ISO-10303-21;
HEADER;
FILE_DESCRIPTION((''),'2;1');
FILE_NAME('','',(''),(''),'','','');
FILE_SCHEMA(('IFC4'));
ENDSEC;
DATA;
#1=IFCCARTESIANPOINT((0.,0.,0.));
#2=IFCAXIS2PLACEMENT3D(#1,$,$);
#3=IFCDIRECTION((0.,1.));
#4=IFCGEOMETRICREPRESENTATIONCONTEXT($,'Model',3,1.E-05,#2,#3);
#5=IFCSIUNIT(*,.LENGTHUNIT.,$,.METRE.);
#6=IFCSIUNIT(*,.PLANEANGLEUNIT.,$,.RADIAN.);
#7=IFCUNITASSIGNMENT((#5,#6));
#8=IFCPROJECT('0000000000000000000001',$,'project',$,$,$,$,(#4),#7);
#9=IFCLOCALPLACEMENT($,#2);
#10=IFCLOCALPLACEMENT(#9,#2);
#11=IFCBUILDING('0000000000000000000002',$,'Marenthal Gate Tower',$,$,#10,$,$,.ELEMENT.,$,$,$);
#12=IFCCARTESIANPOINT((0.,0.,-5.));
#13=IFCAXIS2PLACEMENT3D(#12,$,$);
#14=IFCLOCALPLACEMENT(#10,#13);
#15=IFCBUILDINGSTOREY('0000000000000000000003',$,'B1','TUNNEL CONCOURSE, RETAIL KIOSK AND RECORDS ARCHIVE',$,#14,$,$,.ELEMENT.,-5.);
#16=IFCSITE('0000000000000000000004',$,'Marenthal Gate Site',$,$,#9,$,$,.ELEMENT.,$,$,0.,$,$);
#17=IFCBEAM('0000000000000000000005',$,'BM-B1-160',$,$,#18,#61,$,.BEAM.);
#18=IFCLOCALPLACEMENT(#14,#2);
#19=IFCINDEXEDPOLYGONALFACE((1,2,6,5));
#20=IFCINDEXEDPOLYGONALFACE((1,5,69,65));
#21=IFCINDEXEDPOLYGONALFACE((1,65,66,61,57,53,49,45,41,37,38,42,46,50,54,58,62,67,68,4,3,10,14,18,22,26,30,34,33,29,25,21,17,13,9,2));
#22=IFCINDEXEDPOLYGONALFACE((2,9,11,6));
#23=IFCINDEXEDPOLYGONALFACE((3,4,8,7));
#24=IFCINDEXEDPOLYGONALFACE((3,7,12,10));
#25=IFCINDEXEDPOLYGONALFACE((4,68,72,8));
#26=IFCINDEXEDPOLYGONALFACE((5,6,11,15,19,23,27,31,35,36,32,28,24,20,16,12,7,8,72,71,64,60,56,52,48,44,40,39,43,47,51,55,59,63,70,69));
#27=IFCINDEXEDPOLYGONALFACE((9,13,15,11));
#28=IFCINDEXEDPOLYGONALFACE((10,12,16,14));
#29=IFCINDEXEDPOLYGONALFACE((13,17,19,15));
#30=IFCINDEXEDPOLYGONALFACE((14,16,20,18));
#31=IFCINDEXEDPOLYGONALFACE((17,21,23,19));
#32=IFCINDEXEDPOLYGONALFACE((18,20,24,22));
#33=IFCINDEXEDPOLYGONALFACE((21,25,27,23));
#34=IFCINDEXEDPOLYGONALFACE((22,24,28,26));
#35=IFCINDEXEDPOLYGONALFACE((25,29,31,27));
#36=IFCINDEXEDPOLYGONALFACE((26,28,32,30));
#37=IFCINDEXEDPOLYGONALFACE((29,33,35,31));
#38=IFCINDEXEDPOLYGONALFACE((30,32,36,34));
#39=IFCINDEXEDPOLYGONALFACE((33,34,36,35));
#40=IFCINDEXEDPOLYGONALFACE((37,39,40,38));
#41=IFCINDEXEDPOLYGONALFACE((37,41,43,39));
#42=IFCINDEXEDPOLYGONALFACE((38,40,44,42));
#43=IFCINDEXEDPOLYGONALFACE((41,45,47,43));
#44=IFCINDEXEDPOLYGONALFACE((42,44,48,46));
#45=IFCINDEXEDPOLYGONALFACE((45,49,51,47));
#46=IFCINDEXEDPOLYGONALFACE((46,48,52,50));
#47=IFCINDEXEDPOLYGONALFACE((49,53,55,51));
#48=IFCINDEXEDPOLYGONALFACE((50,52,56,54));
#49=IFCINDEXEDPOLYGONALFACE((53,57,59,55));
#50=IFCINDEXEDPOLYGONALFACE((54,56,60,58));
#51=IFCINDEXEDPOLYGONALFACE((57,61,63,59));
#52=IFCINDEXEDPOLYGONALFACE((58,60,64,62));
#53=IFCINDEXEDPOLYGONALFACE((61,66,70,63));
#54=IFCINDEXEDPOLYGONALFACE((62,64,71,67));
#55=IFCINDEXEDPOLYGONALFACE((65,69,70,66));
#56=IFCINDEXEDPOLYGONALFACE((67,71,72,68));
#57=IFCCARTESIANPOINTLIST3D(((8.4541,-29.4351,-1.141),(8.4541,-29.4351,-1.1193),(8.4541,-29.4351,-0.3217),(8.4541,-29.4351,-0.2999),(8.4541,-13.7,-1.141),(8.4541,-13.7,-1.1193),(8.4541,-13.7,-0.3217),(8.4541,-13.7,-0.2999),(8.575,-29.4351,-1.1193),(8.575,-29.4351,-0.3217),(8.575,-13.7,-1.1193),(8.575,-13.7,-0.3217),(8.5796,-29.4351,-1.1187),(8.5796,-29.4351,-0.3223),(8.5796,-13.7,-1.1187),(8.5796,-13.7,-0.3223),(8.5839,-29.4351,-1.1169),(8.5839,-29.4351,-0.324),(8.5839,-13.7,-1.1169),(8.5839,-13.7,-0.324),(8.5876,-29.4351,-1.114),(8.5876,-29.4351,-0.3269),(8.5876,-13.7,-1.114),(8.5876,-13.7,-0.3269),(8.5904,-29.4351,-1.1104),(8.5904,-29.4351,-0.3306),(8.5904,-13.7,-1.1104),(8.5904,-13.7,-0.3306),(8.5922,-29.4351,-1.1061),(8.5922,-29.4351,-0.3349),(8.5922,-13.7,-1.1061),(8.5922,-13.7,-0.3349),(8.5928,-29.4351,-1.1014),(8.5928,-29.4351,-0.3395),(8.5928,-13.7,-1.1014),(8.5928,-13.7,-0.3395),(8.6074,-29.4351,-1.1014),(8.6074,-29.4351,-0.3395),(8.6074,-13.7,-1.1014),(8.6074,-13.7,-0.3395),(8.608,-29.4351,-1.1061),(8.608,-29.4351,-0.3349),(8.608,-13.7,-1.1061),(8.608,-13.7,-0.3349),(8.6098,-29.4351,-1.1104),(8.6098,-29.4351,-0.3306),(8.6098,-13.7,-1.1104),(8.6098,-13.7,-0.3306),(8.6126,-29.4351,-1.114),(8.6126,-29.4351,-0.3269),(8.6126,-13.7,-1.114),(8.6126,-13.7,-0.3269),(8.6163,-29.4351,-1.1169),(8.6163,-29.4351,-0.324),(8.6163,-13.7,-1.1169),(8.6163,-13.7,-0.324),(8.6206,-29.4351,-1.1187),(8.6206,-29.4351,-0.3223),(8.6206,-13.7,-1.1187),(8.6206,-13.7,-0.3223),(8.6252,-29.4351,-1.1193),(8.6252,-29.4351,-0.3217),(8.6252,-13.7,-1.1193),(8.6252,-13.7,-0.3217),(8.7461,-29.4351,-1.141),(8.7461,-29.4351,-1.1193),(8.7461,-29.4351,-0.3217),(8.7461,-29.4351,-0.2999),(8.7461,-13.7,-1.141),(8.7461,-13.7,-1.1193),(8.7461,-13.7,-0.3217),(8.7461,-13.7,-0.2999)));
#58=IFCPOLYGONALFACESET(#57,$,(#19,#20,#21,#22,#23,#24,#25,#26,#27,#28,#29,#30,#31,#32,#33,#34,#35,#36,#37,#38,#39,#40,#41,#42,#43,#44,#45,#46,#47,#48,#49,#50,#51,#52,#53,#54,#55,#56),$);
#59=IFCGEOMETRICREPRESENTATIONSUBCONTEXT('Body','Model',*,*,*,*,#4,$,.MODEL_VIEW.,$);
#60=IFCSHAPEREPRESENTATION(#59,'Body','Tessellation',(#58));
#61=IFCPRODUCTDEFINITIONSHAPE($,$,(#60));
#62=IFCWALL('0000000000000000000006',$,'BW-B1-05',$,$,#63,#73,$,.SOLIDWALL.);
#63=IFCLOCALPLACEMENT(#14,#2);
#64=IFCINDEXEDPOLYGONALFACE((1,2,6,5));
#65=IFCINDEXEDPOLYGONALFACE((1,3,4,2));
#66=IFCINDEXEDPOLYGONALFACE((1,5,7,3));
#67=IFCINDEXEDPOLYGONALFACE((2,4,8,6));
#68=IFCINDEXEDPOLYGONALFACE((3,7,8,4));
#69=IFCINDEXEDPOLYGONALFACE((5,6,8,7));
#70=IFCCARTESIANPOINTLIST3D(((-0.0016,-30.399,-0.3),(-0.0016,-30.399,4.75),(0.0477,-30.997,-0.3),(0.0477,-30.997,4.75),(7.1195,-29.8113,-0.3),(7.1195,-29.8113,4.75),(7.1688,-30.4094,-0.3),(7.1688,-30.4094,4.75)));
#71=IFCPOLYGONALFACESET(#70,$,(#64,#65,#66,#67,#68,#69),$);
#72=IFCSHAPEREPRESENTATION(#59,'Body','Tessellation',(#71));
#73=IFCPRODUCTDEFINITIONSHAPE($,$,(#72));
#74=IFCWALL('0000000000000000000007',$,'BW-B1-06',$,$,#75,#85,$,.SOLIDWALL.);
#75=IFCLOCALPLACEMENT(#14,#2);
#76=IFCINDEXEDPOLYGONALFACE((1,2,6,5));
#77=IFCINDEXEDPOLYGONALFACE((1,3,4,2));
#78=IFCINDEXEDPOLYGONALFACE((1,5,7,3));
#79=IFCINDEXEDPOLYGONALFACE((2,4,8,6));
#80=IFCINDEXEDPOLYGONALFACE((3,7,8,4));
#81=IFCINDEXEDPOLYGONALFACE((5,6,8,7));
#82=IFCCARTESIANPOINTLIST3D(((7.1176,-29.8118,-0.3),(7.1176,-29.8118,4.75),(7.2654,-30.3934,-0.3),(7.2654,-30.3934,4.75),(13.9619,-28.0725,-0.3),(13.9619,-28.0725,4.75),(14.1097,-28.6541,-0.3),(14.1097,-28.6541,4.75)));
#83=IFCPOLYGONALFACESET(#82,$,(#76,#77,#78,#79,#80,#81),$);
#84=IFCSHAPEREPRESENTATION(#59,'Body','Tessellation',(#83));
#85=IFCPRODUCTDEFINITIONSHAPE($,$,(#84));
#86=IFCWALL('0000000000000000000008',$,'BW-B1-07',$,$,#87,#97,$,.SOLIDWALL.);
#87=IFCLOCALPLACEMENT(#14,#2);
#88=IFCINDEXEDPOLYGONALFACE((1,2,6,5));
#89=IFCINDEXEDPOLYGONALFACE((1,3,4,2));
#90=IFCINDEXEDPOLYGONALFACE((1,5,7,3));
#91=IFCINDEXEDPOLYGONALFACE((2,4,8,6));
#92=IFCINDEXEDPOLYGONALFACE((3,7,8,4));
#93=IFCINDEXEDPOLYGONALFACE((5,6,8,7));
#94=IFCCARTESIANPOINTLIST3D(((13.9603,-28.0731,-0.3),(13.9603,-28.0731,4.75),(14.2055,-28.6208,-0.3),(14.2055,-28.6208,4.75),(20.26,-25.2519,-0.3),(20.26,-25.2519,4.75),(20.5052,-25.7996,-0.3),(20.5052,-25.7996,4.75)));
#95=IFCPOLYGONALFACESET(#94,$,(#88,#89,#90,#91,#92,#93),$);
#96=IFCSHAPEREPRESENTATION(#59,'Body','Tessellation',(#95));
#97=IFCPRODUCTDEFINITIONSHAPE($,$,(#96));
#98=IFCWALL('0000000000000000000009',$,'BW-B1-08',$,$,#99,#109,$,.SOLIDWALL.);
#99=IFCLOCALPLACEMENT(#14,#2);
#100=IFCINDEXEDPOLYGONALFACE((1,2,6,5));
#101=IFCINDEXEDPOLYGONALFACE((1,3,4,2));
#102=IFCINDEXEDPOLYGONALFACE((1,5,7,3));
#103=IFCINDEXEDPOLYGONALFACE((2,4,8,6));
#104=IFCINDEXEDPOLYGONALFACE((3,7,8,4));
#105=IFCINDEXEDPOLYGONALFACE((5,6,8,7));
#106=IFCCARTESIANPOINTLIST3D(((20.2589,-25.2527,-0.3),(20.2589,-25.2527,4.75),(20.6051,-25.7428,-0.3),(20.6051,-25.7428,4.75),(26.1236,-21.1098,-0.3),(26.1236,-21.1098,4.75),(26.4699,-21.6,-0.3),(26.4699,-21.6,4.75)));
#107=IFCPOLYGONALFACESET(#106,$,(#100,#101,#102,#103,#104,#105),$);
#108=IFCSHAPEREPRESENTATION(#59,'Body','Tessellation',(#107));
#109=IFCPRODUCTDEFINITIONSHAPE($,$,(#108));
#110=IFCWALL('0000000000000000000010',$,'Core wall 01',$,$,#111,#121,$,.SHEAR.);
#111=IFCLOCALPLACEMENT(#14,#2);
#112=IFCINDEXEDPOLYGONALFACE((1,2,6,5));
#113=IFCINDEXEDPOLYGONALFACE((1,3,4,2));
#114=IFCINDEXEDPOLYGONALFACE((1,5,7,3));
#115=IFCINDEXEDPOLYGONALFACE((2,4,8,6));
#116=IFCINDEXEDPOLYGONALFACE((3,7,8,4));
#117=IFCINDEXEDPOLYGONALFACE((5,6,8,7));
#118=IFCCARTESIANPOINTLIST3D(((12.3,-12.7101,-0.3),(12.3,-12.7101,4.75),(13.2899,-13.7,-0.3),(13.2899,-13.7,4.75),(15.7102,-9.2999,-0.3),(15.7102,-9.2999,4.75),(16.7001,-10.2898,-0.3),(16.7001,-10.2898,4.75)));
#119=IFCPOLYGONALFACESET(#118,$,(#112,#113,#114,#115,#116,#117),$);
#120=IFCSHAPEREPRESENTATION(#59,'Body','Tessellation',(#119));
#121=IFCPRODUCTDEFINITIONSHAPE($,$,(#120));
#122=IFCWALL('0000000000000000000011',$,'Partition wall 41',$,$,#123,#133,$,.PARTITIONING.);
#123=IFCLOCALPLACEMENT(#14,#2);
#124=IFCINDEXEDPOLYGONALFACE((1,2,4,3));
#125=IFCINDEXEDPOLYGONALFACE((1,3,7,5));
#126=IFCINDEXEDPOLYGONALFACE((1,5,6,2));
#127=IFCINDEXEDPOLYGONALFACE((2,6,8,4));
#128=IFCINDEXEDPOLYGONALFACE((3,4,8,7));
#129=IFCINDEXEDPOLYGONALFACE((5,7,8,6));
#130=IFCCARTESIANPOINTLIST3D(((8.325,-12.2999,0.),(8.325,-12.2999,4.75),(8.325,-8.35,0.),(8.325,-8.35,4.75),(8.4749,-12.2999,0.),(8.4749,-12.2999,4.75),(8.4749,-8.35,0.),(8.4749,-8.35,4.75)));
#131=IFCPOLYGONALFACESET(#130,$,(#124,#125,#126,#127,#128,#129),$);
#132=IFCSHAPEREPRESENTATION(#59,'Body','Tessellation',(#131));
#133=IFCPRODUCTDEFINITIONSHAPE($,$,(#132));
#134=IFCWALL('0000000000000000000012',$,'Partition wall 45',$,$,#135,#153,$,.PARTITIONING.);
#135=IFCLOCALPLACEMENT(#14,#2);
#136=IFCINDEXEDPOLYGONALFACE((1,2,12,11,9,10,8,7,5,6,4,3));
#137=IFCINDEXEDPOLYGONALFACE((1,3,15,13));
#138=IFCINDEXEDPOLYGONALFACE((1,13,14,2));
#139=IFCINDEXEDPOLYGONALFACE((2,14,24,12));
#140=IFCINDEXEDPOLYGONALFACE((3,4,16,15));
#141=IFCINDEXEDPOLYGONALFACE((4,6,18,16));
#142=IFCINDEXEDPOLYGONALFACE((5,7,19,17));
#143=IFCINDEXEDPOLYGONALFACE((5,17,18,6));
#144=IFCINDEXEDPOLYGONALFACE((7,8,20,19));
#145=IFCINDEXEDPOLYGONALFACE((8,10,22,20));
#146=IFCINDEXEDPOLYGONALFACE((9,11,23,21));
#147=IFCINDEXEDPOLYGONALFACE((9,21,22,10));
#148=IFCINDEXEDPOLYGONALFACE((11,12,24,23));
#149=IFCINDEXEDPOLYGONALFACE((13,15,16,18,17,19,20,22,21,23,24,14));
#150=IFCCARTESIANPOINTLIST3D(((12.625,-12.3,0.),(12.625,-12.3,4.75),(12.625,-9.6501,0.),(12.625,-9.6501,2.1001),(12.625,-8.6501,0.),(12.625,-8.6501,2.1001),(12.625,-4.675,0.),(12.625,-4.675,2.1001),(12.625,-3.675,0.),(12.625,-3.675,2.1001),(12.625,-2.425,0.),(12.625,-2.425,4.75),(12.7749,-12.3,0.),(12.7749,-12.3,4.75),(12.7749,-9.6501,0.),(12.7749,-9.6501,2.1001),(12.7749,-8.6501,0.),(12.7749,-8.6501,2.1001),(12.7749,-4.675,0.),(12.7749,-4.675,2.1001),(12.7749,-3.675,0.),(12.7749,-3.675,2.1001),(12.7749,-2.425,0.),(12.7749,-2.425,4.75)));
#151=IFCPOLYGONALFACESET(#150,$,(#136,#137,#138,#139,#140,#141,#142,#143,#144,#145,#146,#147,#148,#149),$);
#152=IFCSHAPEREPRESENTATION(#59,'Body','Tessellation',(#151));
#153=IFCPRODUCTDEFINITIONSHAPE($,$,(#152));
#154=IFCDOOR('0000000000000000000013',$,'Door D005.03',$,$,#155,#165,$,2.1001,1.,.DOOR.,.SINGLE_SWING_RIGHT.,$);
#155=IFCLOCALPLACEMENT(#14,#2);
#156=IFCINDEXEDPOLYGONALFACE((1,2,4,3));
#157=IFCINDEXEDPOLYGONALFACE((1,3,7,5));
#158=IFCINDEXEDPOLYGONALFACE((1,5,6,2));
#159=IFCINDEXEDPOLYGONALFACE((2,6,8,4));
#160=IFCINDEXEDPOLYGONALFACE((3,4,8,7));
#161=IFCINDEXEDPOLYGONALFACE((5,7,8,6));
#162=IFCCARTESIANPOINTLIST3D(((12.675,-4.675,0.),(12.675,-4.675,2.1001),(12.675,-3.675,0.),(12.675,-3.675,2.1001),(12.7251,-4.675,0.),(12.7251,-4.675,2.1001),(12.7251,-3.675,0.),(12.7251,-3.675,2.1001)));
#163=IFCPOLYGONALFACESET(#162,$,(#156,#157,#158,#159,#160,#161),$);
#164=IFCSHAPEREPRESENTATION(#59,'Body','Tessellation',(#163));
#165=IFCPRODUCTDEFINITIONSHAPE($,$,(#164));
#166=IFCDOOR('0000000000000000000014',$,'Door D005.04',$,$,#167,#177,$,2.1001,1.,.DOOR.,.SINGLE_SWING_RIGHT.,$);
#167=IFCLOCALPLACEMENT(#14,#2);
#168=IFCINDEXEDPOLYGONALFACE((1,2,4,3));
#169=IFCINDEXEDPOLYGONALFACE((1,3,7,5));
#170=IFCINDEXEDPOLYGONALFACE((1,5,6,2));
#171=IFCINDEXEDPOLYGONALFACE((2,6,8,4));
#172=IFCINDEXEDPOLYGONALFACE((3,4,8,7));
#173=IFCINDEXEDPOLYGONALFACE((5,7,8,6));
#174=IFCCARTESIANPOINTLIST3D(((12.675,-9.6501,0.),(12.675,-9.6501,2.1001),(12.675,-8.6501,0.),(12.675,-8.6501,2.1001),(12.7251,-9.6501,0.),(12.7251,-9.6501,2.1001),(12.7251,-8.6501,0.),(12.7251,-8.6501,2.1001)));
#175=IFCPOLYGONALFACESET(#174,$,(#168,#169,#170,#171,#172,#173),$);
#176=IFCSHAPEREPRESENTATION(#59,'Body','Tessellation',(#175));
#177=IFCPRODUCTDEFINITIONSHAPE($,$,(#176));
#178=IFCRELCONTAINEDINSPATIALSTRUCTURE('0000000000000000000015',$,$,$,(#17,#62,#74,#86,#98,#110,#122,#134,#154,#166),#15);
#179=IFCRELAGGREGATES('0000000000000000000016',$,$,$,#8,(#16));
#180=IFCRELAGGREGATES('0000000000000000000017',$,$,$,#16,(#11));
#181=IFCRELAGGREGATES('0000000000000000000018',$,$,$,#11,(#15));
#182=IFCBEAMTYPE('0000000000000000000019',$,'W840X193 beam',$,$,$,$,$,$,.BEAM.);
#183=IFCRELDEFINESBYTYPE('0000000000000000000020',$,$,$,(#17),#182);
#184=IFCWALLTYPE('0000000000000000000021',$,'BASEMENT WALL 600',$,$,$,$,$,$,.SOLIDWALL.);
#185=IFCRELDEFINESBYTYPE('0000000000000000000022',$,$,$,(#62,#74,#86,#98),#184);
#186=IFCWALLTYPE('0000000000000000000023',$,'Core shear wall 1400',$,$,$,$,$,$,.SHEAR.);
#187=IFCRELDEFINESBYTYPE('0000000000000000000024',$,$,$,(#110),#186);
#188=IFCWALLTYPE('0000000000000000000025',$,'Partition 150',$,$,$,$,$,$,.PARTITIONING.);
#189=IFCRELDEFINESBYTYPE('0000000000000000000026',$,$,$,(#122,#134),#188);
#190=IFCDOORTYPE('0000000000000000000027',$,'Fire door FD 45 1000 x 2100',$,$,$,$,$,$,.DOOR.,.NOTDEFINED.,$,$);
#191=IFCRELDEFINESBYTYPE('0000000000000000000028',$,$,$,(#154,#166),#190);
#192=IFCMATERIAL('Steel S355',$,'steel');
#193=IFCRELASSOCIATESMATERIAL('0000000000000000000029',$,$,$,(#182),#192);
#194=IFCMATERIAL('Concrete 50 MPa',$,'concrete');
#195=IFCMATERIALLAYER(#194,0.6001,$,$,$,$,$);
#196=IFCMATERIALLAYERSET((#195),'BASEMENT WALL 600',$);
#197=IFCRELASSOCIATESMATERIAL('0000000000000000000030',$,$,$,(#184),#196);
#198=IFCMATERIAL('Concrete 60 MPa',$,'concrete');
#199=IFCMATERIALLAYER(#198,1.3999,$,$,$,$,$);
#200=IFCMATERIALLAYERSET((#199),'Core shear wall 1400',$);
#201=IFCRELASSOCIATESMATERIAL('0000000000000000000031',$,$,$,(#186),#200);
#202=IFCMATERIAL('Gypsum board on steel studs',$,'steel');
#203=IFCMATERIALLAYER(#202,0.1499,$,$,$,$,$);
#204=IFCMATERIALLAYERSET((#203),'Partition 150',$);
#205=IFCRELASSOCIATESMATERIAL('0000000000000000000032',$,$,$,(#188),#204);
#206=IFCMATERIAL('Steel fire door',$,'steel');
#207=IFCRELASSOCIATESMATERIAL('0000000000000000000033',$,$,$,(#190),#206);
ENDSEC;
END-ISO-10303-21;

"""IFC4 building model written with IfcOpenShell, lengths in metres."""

from ifc_helpers import new_model, si_unit, direction, frame, frame_2d, origin, origin_2d, place, context, subcontext, project, spatial, rectangle, i_section, extrude, material, layer, layer_set, material_profile, profile_set, type_object, element, fill, save


model = new_model("IFC4")

# Units and contexts
model_context = context("Model", 3, precision=1e-05, world=origin(), true_north=direction((0.0, 1.0)))
body_context = subcontext(model_context, "Body", "Model", "MODEL_VIEW")
ifc_project = project(units=[si_unit("LENGTHUNIT", "METRE"), si_unit("PLANEANGLEUNIT", "RADIAN")], contexts=[model_context])

# Site, building, storey
site_placement = place(None, origin())
site = spatial("IfcSite", under=ifc_project, at=site_placement, Name="Marenthal Gate Site", CompositionType="ELEMENT", RefElevation=0.0)
building_placement = place(site_placement, origin())
building = spatial("IfcBuilding", under=site, at=building_placement, Name="Marenthal Gate Tower", CompositionType="ELEMENT")
storey_placement = place(building_placement, frame((0.0, 0.0, -5.0)))
storey = spatial("IfcBuildingStorey", under=building, at=storey_placement, Name="B1", Description="TUNNEL CONCOURSE, RETAIL KIOSK AND RECORDS ARCHIVE", CompositionType="ELEMENT", Elevation=-5.0)

# Beam
ifc_material_1 = material(Name="Steel S355", Category="steel")
ifc_material_profile_1 = material_profile(ifc_material_1, i_section(OverallWidth=0.292, OverallDepth=0.8411, WebThickness=0.0146, FlangeThickness=0.0217, FilletRadius=0.0178, at=origin_2d()), Name="W840X193")
ifc_profile_set_1 = profile_set([ifc_material_profile_1], Name="Steel S355")
beam_type_1 = type_object("IfcBeamType", Name="W840X193 beam", PredefinedType="BEAM", material=ifc_profile_set_1)
beam_1_placement = place(storey_placement, frame((8.6001, -13.7, -0.7205), z_axis=(0.0, -1.0, 0.0), x_axis=(1.0, 0.0, 0.0)))
element("IfcBeam", 1, at=beam_1_placement, inside=storey, type_object=beam_type_1, Name="BM-B1-160", PredefinedType="BEAM", context=body_context, shape_type="SweptSolid", body=[
    extrude(i_section(OverallWidth=0.292, OverallDepth=0.8411, WebThickness=0.0146, FlangeThickness=0.0217, FilletRadius=0.0178, at=origin_2d()), origin(), (0.0, 0.0, 1.0), 15.7351),
])

# Walls
ifc_material_2 = material(Name="Concrete 50 MPa", Category="concrete")
ifc_layer_1 = layer(ifc_material_2, 0.6001)
ifc_layer_set_1 = layer_set([ifc_layer_1], Name="BASEMENT WALL 600")
wall_type_1 = type_object("IfcWallType", Name="BASEMENT WALL 600", PredefinedType="SOLIDWALL", material=ifc_layer_set_1)
wall_1_placement = place(storey_placement, frame((0.0229, -30.698, -0.3), z_axis=(0.0, 0.0, 1.0), x_axis=(0.996612, 0.082242, 0.0)))
element("IfcWall", 2, at=wall_1_placement, inside=storey, type_object=wall_type_1, Name="BW-B1-05", PredefinedType="SOLIDWALL", context=body_context, shape_type="SweptSolid", body=[
    extrude(rectangle(XDim=7.1453, YDim=0.6001, at=frame_2d((3.5728, 0.0))), origin(), (0.0, 0.0, 1.0), 5.05),
])
wall_2_placement = place(storey_placement, frame((7.1917, -30.1025, -0.3), z_axis=(0.0, 0.0, 1.0), x_axis=(0.969196, 0.246292, 0.0)))
element("IfcWall", 3, at=wall_2_placement, inside=storey, type_object=wall_type_1, Name="BW-B1-06", PredefinedType="SOLIDWALL", context=body_context, shape_type="SweptSolid", body=[
    extrude(rectangle(XDim=7.0618, YDim=0.6001, at=frame_2d((3.5308, 0.0))), origin(), (0.0, 0.0, 1.0), 5.05),
])
wall_3_placement = place(storey_placement, frame((14.083, -28.3469, -0.3), z_axis=(0.0, 0.0, 1.0), x_axis=(0.912659, 0.408723, 0.0)))
element("IfcWall", 4, at=wall_3_placement, inside=storey, type_object=wall_type_1, Name="BW-B1-07", PredefinedType="SOLIDWALL", context=body_context, shape_type="SweptSolid", body=[
    extrude(rectangle(XDim=6.9026, YDim=0.6001, at=frame_2d((3.4512, 0.0))), origin(), (0.0, 0.0, 1.0), 5.05),
])
wall_4_placement = place(storey_placement, frame((20.4319, -25.4978, -0.3), z_axis=(0.0, 0.0, 1.0), x_axis=(0.816771, 0.576962, 0.0)))
element("IfcWall", 5, at=wall_4_placement, inside=storey, type_object=wall_type_1, Name="BW-B1-08", PredefinedType="SOLIDWALL", context=body_context, shape_type="SweptSolid", body=[
    extrude(rectangle(XDim=7.1804, YDim=0.6001, at=frame_2d((3.5903, 0.0))), origin(), (0.0, 0.0, 1.0), 5.05),
])
ifc_material_3 = material(Name="Concrete 60 MPa", Category="concrete")
ifc_layer_2 = layer(ifc_material_3, 1.3999)
ifc_layer_set_2 = layer_set([ifc_layer_2], Name="Core shear wall 1400")
wall_type_2 = type_object("IfcWallType", Name="Core shear wall 1400", PredefinedType="SHEAR", material=ifc_layer_set_2)
wall_5_placement = place(storey_placement, frame((12.7949, -13.2051, -0.3), z_axis=(0.0, 0.0, 1.0), x_axis=(0.707107, 0.707107, 0.0)))
element("IfcWall", 6, at=wall_5_placement, inside=storey, type_object=wall_type_2, Name="Core wall 01", PredefinedType="SHEAR", context=body_context, shape_type="SweptSolid", body=[
    extrude(rectangle(XDim=4.8228, YDim=1.3999, at=frame_2d((2.4114, 0.0))), origin(), (0.0, 0.0, 1.0), 5.05),
])
ifc_material_4 = material(Name="Gypsum board on steel studs", Category="steel")
ifc_layer_3 = layer(ifc_material_4, 0.1499)
ifc_layer_set_3 = layer_set([ifc_layer_3], Name="Partition 150")
wall_type_3 = type_object("IfcWallType", Name="Partition 150", PredefinedType="PARTITIONING", material=ifc_layer_set_3)
wall_6_placement = place(storey_placement, frame((8.3999, -12.3, 0.0), z_axis=(0.0, 0.0, 1.0), x_axis=(0.0, 1.0, 0.0)))
element("IfcWall", 7, at=wall_6_placement, inside=storey, type_object=wall_type_3, Name="Partition wall 41", PredefinedType="PARTITIONING", context=body_context, shape_type="SweptSolid", body=[
    extrude(rectangle(XDim=3.95, YDim=0.1499, at=frame_2d((1.9751, 0.0))), origin(), (0.0, 0.0, 1.0), 4.75),
])

# Wall, openings, doors
wall_7_placement = place(storey_placement, frame((12.7, -12.3, 0.0), z_axis=(0.0, 0.0, 1.0), x_axis=(0.0, 1.0, 0.0)))
wall_7 = element("IfcWall", 8, at=wall_7_placement, inside=storey, type_object=wall_type_3, Name="Partition wall 45", PredefinedType="PARTITIONING", context=body_context, shape_type="SweptSolid", body=[
    extrude(rectangle(XDim=9.875, YDim=0.1499, at=frame_2d((4.9375, 0.0))), origin(), (0.0, 0.0, 1.0), 4.75),
])
opening_1_placement = place(wall_7_placement, frame((7.625, 0.0, 0.0)))
opening_1 = element("IfcOpeningElement", 9, at=opening_1_placement, cuts=wall_7, PredefinedType="OPENING", context=body_context, shape_type="SweptSolid", body=[
    extrude(rectangle(XDim=1.0, YDim=2.1001, at=frame_2d((0.5, 1.05))), frame((0.0, 0.085, 0.0), z_axis=(0.0, -1.0, 0.0), x_axis=(1.0, 0.0, 0.0)), (0.0, 0.0, 1.0), 0.1699),
])
opening_2_placement = place(wall_7_placement, frame((2.6499, 0.0, 0.0)))
opening_2 = element("IfcOpeningElement", 10, at=opening_2_placement, cuts=wall_7, PredefinedType="OPENING", context=body_context, shape_type="SweptSolid", body=[
    extrude(rectangle(XDim=1.0, YDim=2.1001, at=frame_2d((0.5, 1.05))), frame((0.0, 0.085, 0.0), z_axis=(0.0, -1.0, 0.0), x_axis=(1.0, 0.0, 0.0)), (0.0, 0.0, 1.0), 0.1699),
])
ifc_material_5 = material(Name="Steel fire door", Category="steel")
door_type_1 = type_object("IfcDoorType", Name="Fire door FD 45 1000 x 2100", OperationType="NOTDEFINED", PredefinedType="DOOR", material=ifc_material_5)
door_1_placement = place(opening_1_placement, origin())
door_1 = element("IfcDoor", 11, at=door_1_placement, inside=storey, type_object=door_type_1, Name="Door D005.03", OperationType="SINGLE_SWING_RIGHT", OverallHeight=2.1001, OverallWidth=1.0, PredefinedType="DOOR", context=body_context, shape_type="SweptSolid", body=[
    extrude(rectangle(XDim=1.0, YDim=2.1001, at=frame_2d((0.5, 1.05))), frame((0.0, 0.0249, 0.0), z_axis=(0.0, -1.0, 0.0), x_axis=(1.0, 0.0, 0.0)), (0.0, 0.0, 1.0), 0.05),
])
fill(opening_1, door_1)
door_2_placement = place(opening_2_placement, origin())
door_2 = element("IfcDoor", 12, at=door_2_placement, inside=storey, type_object=door_type_1, Name="Door D005.04", OperationType="SINGLE_SWING_RIGHT", OverallHeight=2.1001, OverallWidth=1.0, PredefinedType="DOOR", context=body_context, shape_type="SweptSolid", body=[
    extrude(rectangle(XDim=1.0, YDim=2.1001, at=frame_2d((0.5, 1.05))), frame((0.0, 0.0249, 0.0), z_axis=(0.0, -1.0, 0.0), x_axis=(1.0, 0.0, 0.0)), (0.0, 0.0, 1.0), 0.05),
])
fill(opening_2, door_2)

save(model, "model.ifc")
